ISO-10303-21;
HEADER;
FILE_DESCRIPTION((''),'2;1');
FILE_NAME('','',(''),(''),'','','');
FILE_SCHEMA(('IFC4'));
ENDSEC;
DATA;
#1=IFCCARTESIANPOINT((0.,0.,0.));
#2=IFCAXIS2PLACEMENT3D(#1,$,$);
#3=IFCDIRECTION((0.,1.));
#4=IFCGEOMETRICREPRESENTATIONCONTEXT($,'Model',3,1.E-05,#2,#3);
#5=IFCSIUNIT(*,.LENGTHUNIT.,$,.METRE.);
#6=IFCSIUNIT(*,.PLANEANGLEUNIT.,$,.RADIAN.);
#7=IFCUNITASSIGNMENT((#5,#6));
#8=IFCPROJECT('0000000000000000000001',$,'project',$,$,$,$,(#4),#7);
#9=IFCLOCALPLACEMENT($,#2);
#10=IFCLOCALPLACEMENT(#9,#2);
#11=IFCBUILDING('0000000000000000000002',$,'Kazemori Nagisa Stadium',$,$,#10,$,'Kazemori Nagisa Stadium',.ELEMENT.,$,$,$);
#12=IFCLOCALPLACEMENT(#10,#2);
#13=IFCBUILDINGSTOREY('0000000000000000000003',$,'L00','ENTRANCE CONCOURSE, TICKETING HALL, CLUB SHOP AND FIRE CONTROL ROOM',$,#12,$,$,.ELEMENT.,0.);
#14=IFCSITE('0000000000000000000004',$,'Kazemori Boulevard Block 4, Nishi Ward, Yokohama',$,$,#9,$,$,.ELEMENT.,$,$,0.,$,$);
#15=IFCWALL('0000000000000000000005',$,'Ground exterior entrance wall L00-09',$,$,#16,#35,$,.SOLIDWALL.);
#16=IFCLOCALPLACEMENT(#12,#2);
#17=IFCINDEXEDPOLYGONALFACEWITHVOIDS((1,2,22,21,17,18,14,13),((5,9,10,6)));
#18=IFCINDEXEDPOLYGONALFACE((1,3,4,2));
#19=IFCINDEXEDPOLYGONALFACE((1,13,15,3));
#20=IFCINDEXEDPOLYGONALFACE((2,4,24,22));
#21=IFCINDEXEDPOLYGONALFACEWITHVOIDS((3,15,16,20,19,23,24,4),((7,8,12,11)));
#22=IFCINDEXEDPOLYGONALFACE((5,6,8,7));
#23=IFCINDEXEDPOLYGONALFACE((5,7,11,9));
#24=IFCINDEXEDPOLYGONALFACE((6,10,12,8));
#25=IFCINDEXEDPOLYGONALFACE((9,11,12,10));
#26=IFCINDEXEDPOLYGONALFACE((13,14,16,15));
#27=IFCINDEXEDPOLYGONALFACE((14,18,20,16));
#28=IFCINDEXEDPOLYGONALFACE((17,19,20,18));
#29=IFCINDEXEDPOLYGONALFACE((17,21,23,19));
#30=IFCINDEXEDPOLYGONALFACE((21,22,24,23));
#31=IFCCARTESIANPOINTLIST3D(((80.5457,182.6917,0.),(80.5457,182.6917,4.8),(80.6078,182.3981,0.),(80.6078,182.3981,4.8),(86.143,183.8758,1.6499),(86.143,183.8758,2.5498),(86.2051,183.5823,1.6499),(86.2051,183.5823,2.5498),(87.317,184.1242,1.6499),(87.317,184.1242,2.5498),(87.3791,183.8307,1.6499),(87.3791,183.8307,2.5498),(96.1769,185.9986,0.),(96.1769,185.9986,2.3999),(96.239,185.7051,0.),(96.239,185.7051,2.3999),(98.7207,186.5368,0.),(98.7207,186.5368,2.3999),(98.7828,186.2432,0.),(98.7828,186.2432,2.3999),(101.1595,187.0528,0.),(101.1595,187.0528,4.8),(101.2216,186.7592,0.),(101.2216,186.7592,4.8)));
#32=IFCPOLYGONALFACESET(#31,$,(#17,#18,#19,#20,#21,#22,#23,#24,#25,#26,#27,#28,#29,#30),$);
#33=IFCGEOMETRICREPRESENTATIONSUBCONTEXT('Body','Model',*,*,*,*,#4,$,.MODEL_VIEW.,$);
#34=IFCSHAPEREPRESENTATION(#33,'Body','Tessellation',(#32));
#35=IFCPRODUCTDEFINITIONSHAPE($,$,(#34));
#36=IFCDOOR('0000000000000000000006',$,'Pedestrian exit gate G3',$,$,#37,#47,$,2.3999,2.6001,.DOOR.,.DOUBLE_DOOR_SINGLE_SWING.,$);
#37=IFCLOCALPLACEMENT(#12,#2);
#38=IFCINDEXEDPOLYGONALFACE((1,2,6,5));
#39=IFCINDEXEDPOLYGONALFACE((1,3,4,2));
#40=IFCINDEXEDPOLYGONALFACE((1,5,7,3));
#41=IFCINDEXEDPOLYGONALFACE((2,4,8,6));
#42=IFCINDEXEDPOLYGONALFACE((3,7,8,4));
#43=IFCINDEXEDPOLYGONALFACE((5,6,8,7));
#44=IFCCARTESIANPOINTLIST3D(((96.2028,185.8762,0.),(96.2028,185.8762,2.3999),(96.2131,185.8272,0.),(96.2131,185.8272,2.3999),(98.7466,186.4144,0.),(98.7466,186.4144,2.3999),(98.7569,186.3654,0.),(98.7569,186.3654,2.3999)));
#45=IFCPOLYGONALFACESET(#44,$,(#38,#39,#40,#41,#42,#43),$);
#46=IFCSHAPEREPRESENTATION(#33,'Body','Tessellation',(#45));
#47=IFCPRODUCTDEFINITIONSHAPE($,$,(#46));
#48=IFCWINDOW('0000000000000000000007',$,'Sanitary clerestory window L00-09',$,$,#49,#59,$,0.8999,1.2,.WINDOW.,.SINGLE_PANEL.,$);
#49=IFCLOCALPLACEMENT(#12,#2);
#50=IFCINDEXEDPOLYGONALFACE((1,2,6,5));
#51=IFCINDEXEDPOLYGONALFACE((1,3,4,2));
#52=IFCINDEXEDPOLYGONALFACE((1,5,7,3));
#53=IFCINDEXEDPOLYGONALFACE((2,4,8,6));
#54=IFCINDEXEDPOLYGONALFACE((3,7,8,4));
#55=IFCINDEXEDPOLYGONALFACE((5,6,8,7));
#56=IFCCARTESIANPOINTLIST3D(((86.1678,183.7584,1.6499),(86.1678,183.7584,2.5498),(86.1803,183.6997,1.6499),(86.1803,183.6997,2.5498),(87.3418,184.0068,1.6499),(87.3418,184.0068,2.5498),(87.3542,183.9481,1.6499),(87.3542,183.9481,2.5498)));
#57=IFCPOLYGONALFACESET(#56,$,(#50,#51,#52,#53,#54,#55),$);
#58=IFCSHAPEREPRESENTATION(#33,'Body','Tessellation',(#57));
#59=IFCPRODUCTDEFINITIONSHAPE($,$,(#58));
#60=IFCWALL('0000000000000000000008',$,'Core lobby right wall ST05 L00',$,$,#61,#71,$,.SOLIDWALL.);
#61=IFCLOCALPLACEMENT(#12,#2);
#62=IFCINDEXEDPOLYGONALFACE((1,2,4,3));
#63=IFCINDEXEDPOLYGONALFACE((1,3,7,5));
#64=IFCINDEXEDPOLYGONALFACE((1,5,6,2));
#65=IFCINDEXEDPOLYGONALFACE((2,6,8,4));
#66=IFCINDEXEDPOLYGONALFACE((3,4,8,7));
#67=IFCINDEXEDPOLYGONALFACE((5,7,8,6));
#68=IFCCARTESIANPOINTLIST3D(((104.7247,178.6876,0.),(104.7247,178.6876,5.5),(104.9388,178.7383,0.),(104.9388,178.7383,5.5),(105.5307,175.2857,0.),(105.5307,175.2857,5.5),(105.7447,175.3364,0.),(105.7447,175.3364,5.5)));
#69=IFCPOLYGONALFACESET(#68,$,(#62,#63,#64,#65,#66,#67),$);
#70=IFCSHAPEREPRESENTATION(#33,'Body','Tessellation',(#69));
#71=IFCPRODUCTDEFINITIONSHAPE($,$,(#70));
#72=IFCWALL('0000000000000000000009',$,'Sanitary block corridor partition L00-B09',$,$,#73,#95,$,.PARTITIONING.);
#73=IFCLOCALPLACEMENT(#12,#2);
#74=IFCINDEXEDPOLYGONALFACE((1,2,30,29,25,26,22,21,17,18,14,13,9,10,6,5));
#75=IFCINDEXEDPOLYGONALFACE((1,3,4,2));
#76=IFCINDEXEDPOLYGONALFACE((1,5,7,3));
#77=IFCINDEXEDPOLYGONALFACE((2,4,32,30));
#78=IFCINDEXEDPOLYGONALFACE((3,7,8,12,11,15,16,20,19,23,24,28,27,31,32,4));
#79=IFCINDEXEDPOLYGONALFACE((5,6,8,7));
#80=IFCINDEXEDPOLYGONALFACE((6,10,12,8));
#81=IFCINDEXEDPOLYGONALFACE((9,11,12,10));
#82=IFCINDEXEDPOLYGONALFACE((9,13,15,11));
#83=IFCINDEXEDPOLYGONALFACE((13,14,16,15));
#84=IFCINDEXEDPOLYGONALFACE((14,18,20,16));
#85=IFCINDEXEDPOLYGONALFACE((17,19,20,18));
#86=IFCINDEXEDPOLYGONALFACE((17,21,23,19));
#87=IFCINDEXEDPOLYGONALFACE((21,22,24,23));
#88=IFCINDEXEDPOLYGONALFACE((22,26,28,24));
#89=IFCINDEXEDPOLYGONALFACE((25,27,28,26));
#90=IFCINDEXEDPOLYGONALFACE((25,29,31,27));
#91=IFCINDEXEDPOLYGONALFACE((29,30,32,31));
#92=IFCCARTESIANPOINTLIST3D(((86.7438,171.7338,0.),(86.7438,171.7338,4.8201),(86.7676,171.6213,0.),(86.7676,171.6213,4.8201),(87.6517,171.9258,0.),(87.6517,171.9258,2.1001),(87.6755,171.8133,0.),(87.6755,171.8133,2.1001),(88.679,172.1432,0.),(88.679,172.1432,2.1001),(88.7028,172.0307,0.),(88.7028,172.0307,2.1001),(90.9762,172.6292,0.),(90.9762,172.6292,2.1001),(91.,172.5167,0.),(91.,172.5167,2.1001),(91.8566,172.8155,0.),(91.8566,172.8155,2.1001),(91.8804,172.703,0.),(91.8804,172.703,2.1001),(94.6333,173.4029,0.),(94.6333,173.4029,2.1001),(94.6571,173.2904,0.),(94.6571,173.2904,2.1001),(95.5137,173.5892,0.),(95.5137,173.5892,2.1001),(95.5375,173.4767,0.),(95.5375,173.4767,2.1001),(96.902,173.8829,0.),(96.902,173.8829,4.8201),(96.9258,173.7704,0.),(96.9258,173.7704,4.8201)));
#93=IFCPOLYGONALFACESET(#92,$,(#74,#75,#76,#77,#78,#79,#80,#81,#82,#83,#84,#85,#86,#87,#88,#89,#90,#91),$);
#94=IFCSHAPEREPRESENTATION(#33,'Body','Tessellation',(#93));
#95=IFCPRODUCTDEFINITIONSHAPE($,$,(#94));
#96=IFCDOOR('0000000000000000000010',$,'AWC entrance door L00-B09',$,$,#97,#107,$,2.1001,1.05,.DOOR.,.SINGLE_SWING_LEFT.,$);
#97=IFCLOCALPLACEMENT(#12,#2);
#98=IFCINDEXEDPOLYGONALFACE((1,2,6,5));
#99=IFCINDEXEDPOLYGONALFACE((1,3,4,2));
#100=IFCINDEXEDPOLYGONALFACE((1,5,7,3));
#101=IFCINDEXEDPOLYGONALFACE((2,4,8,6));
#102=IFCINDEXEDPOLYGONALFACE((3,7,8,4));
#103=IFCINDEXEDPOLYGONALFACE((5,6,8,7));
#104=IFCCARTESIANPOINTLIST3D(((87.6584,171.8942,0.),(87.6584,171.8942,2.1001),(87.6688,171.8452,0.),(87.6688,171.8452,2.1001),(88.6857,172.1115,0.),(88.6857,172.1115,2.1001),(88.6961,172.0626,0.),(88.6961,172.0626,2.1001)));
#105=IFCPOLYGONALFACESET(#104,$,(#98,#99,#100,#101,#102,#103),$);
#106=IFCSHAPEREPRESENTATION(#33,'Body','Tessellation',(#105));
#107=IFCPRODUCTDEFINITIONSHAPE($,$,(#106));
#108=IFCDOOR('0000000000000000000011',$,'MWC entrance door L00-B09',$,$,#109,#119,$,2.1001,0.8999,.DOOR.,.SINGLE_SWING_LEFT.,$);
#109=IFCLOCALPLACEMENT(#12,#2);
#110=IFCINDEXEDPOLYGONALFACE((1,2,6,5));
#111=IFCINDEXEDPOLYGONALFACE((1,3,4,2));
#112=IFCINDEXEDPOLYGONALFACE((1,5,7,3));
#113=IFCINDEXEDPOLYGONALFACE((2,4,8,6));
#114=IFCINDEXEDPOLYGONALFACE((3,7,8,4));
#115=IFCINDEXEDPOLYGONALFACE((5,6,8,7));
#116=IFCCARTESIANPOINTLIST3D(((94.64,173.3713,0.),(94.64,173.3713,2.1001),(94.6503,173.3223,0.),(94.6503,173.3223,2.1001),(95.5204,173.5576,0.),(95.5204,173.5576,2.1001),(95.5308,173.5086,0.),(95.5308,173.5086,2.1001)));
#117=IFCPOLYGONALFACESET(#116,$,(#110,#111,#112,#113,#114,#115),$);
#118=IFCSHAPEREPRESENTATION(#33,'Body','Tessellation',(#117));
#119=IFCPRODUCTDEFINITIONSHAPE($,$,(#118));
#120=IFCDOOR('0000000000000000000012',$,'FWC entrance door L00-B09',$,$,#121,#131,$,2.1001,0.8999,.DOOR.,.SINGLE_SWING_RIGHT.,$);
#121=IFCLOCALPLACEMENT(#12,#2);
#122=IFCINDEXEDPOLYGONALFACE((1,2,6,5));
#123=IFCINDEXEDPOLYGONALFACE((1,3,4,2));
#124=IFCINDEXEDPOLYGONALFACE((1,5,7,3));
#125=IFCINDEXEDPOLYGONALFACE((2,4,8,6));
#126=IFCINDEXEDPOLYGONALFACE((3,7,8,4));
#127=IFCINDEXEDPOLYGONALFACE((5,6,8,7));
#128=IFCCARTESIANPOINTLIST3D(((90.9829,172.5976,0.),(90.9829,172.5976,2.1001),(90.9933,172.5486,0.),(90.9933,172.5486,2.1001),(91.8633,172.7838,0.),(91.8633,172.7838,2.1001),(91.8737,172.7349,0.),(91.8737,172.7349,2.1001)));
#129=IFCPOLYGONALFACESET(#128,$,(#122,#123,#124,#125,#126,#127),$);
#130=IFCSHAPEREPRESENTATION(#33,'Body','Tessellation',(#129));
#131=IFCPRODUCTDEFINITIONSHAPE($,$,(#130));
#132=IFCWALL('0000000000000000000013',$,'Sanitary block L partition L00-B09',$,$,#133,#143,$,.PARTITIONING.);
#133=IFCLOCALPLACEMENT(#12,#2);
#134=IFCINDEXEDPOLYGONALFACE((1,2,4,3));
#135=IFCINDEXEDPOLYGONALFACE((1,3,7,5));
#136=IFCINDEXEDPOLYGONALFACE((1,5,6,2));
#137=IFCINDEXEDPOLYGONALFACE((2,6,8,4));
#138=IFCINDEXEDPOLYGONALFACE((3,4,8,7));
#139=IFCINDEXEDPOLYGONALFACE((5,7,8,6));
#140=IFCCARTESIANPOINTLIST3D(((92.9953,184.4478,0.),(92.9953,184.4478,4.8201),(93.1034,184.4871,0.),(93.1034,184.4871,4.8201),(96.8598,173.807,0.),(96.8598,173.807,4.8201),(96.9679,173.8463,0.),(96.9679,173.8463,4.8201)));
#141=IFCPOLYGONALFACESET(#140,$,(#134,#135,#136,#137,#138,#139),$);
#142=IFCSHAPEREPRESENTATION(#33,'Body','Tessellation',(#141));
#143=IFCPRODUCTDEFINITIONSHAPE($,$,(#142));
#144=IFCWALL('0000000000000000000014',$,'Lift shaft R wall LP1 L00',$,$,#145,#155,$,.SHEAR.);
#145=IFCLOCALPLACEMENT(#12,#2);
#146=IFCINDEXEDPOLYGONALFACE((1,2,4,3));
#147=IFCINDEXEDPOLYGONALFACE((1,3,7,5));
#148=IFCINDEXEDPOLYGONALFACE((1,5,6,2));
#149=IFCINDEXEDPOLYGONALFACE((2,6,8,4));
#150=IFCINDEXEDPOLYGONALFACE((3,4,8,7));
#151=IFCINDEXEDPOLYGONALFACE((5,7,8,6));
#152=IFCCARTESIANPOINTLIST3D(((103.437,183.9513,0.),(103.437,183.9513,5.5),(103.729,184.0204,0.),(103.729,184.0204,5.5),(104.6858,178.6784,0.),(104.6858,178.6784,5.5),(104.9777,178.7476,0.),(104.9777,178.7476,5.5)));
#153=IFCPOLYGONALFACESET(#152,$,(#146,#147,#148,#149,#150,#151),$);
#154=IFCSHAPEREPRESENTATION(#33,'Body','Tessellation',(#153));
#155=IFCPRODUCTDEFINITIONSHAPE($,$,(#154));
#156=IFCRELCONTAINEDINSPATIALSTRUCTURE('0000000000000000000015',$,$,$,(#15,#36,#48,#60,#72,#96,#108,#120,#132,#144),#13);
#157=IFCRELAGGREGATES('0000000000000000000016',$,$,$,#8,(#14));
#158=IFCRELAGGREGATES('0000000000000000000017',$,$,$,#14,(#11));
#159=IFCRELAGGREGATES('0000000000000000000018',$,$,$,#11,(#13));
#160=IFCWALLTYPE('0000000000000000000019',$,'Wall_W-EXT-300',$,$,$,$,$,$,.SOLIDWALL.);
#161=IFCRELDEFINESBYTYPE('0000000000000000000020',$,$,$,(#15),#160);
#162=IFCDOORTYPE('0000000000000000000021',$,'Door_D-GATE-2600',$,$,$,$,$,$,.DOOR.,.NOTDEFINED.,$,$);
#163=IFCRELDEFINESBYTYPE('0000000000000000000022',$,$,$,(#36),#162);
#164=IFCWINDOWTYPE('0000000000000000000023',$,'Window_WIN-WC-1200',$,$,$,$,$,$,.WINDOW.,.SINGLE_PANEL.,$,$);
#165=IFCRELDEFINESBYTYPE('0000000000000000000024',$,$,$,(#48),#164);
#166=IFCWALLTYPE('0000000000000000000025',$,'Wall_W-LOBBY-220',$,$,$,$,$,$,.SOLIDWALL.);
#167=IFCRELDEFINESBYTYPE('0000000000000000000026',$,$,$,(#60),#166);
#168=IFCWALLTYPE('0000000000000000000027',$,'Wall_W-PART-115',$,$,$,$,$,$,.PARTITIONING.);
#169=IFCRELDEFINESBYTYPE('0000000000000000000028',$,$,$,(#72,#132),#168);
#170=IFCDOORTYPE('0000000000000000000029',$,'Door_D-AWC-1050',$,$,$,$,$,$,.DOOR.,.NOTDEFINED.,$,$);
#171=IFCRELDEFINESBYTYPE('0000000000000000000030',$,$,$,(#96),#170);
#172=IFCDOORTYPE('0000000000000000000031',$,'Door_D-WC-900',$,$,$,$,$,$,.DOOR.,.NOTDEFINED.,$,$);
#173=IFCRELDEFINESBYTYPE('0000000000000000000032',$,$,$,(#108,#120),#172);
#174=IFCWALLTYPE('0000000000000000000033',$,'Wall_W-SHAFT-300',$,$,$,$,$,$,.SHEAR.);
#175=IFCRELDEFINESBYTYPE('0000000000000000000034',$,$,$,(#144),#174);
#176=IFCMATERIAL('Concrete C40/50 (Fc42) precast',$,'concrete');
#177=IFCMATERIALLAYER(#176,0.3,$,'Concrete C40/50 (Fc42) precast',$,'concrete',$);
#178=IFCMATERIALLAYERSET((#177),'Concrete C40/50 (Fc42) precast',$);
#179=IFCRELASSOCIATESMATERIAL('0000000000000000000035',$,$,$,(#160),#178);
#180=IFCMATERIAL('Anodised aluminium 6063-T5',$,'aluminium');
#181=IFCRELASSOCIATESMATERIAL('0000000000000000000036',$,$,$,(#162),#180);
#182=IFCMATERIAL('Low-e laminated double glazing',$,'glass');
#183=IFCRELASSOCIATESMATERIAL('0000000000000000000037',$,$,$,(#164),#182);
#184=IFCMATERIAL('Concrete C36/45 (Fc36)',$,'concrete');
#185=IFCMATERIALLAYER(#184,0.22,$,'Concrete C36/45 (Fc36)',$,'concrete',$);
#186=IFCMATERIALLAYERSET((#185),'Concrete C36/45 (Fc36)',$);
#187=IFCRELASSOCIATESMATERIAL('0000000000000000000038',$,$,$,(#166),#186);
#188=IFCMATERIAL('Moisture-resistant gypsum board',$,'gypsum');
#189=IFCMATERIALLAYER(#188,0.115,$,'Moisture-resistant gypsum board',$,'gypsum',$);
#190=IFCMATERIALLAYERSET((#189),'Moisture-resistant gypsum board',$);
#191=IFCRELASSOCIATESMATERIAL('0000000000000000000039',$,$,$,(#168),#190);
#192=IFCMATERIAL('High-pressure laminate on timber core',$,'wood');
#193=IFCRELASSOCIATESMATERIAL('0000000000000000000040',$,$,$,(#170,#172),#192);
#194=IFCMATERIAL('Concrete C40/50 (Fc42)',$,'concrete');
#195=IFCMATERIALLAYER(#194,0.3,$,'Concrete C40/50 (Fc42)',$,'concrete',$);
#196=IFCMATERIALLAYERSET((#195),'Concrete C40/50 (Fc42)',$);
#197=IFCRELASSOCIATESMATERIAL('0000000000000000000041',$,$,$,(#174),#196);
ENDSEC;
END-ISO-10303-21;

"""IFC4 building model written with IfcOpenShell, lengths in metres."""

from ifc_helpers import new_model, si_unit, direction, frame, frame_2d, origin, place, context, subcontext, project, spatial, rectangle, extrude, material, layer, layer_set, type_object, element, fill, save


model = new_model("IFC4")

# Units and contexts
model_context = context("Model", 3, precision=1e-05, world=origin(), true_north=direction((0.0, 1.0)))
body_context = subcontext(model_context, "Body", "Model", "MODEL_VIEW")
ifc_project = project(units=[si_unit("LENGTHUNIT", "METRE"), si_unit("PLANEANGLEUNIT", "RADIAN")], contexts=[model_context])

# Site, building, storey
site_placement = place(None, origin())
site = spatial("IfcSite", under=ifc_project, at=site_placement, Name="Kazemori Boulevard Block 4, Nishi Ward, Yokohama", CompositionType="ELEMENT", RefElevation=0.0)
building_placement = place(site_placement, origin())
building = spatial("IfcBuilding", under=site, at=building_placement, Name="Kazemori Nagisa Stadium", LongName="Kazemori Nagisa Stadium", CompositionType="ELEMENT")
storey_placement = place(building_placement, origin())
storey = spatial("IfcBuildingStorey", under=building, at=storey_placement, Name="L00", Description="ENTRANCE CONCOURSE, TICKETING HALL, CLUB SHOP AND FIRE CONTROL ROOM", CompositionType="ELEMENT", Elevation=0.0)

# Shared definitions
ifc_material_1 = material(Name="Concrete C40/50 (Fc42)", Category="concrete")

# Wall, openings, door, window
ifc_material_2 = material(Name="Concrete C40/50 (Fc42) precast", Category="concrete")
ifc_layer_1 = layer(ifc_material_2, 0.3, Name="Concrete C40/50 (Fc42) precast", Category="concrete")
ifc_layer_set_1 = layer_set([ifc_layer_1], Name="Concrete C40/50 (Fc42) precast")
wall_type_1 = type_object("IfcWallType", Name="Wall_W-EXT-300", PredefinedType="SOLIDWALL", material=ifc_layer_set_1)
wall_1_placement = place(storey_placement, frame((101.1907, 186.906, 0.0), z_axis=(0.0, 0.0, 1.0), x_axis=(-0.978345, -0.20698, 0.0)))
wall_1 = element("IfcWall", 1, at=wall_1_placement, inside=storey, type_object=wall_type_1, Name="Ground exterior entrance wall L00-09", PredefinedType="SOLIDWALL", context=body_context, shape_type="SweptSolid", body=[
    extrude(rectangle(XDim=21.0701, YDim=0.3, at=frame_2d((10.5352, 0.0))), origin(), (0.0, 0.0, 1.0), 4.8),
])
opening_1_placement = place(wall_1_placement, frame((2.4929, 0.0, 0.0)))
opening_1 = element("IfcOpeningElement", 2, at=opening_1_placement, cuts=wall_1, PredefinedType="OPENING", context=body_context, shape_type="SweptSolid", body=[
    extrude(rectangle(XDim=2.6001, YDim=2.3999, at=frame_2d((1.3, 1.2))), frame((0.0, 0.1599, 0.0), z_axis=(0.0, -1.0, 0.0), x_axis=(1.0, 0.0, 0.0)), (0.0, 0.0, 1.0), 0.3201),
])
opening_2_placement = place(wall_1_placement, frame((14.1489, 0.0, 1.6499)))
opening_2 = element("IfcOpeningElement", 3, at=opening_2_placement, cuts=wall_1, PredefinedType="OPENING", context=body_context, shape_type="SweptSolid", body=[
    extrude(rectangle(XDim=1.2, YDim=0.8999, at=frame_2d((0.6001, 0.45))), frame((0.0, 0.1599, 0.0), z_axis=(0.0, -1.0, 0.0), x_axis=(1.0, 0.0, 0.0)), (0.0, 0.0, 1.0), 0.3201),
])
ifc_material_3 = material(Name="Anodised aluminium 6063-T5", Category="aluminium")
door_type_1 = type_object("IfcDoorType", Name="Door_D-GATE-2600", OperationType="NOTDEFINED", PredefinedType="DOOR", material=ifc_material_3)
door_1_placement = place(opening_1_placement, frame((2.6001, 0.0, 0.0), z_axis=(0.0, 0.0, 1.0), x_axis=(-1.0, 0.0, 0.0)))
door_1 = element("IfcDoor", 4, at=door_1_placement, inside=storey, type_object=door_type_1, Name="Pedestrian exit gate G3", OperationType="DOUBLE_DOOR_SINGLE_SWING", OverallHeight=2.3999, OverallWidth=2.6001, PredefinedType="DOOR", context=body_context, shape_type="SweptSolid", body=[
    extrude(rectangle(XDim=2.6001, YDim=2.3999, at=frame_2d((1.3, 1.2))), frame((0.0, 0.0249, 0.0), z_axis=(0.0, -1.0, 0.0), x_axis=(1.0, 0.0, 0.0)), (0.0, 0.0, 1.0), 0.05),
])
fill(opening_1, door_1)
ifc_material_4 = material(Name="Low-e laminated double glazing", Category="glass")
window_type = type_object("IfcWindowType", Name="Window_WIN-WC-1200", PartitioningType="SINGLE_PANEL", PredefinedType="WINDOW", material=ifc_material_4)
window_placement = place(opening_2_placement, origin())
window = element("IfcWindow", 5, at=window_placement, inside=storey, type_object=window_type, Name="Sanitary clerestory window L00-09", OverallHeight=0.8999, OverallWidth=1.2, PartitioningType="SINGLE_PANEL", PredefinedType="WINDOW", context=body_context, shape_type="SweptSolid", body=[
    extrude(rectangle(XDim=1.2, YDim=0.8999, at=frame_2d((0.6001, 0.45))), frame((0.0, 0.03, 0.0), z_axis=(0.0, -1.0, 0.0), x_axis=(1.0, 0.0, 0.0)), (0.0, 0.0, 1.0), 0.0601),
])
fill(opening_2, window)

# Wall
ifc_material_5 = material(Name="Concrete C36/45 (Fc36)", Category="concrete")
ifc_layer_2 = layer(ifc_material_5, 0.22, Name="Concrete C36/45 (Fc36)", Category="concrete")
ifc_layer_set_2 = layer_set([ifc_layer_2], Name="Concrete C36/45 (Fc36)")
wall_type_2 = type_object("IfcWallType", Name="Wall_W-LOBBY-220", PredefinedType="SOLIDWALL", material=ifc_layer_set_2)
wall_2_placement = place(storey_placement, frame((105.6377, 175.311, 0.0), z_axis=(0.0, 0.0, 1.0), x_axis=(-0.230522, 0.973067, 0.0)))
element("IfcWall", 6, at=wall_2_placement, inside=storey, type_object=wall_type_2, Name="Core lobby right wall ST05 L00", PredefinedType="SOLIDWALL", context=body_context, shape_type="SweptSolid", body=[
    extrude(rectangle(XDim=3.4961, YDim=0.22, at=frame_2d((1.748, 0.0))), origin(), (0.0, 0.0, 1.0), 5.5),
])

# Wall, openings, doors
ifc_material_6 = material(Name="Moisture-resistant gypsum board", Category="gypsum")
ifc_layer_3 = layer(ifc_material_6, 0.115, Name="Moisture-resistant gypsum board", Category="gypsum")
ifc_layer_set_3 = layer_set([ifc_layer_3], Name="Moisture-resistant gypsum board")
wall_type_3 = type_object("IfcWallType", Name="Wall_W-PART-115", PredefinedType="PARTITIONING", material=ifc_layer_set_3)
wall_3_placement = place(storey_placement, frame((96.9138, 173.8267, 0.0), z_axis=(0.0, 0.0, 1.0), x_axis=(-0.978343, -0.206988, 0.0)))
wall_3 = element("IfcWall", 7, at=wall_3_placement, inside=storey, type_object=wall_type_3, Name="Sanitary block corridor partition L00-B09", PredefinedType="PARTITIONING", context=body_context, shape_type="SweptSolid", body=[
    extrude(rectangle(XDim=10.3831, YDim=0.115, at=frame_2d((5.1914, 0.0))), origin(), (0.0, 0.0, 1.0), 4.8201),
])
opening_3_placement = place(wall_3_placement, frame((1.4189, 0.0, 0.0)))
opening_3 = element("IfcOpeningElement", 8, at=opening_3_placement, cuts=wall_3, PredefinedType="OPENING", context=body_context, shape_type="SweptSolid", body=[
    extrude(rectangle(XDim=0.8999, YDim=2.1001, at=frame_2d((0.45, 1.05))), frame((0.0, 0.0674, 0.0), z_axis=(0.0, -1.0, 0.0), x_axis=(1.0, 0.0, 0.0)), (0.0, 0.0, 1.0), 0.135),
])
opening_4_placement = place(wall_3_placement, frame((5.157, 0.0, 0.0)))
opening_4 = element("IfcOpeningElement", 9, at=opening_4_placement, cuts=wall_3, PredefinedType="OPENING", context=body_context, shape_type="SweptSolid", body=[
    extrude(rectangle(XDim=0.8999, YDim=2.1001, at=frame_2d((0.45, 1.05))), frame((0.0, 0.0674, 0.0), z_axis=(0.0, -1.0, 0.0), x_axis=(1.0, 0.0, 0.0)), (0.0, 0.0, 1.0), 0.135),
])
opening_5_placement = place(wall_3_placement, frame((8.405, 0.0, 0.0)))
opening_5 = element("IfcOpeningElement", 10, at=opening_5_placement, cuts=wall_3, PredefinedType="OPENING", context=body_context, shape_type="SweptSolid", body=[
    extrude(rectangle(XDim=1.05, YDim=2.1001, at=frame_2d((0.5249, 1.05))), frame((0.0, 0.0674, 0.0), z_axis=(0.0, -1.0, 0.0), x_axis=(1.0, 0.0, 0.0)), (0.0, 0.0, 1.0), 0.135),
])
ifc_material_7 = material(Name="High-pressure laminate on timber core", Category="wood")
door_type_2 = type_object("IfcDoorType", Name="Door_D-AWC-1050", OperationType="NOTDEFINED", PredefinedType="DOOR", material=ifc_material_7)
door_2_placement = place(opening_5_placement, origin())
door_2 = element("IfcDoor", 11, at=door_2_placement, inside=storey, type_object=door_type_2, Name="AWC entrance door L00-B09", OperationType="SINGLE_SWING_LEFT", OverallHeight=2.1001, OverallWidth=1.05, PredefinedType="DOOR", context=body_context, shape_type="SweptSolid", body=[
    extrude(rectangle(XDim=1.05, YDim=2.1001, at=frame_2d((0.5249, 1.05))), frame((0.0, 0.0249, 0.0), z_axis=(0.0, -1.0, 0.0), x_axis=(1.0, 0.0, 0.0)), (0.0, 0.0, 1.0), 0.05),
])
fill(opening_5, door_2)
door_type_3 = type_object("IfcDoorType", Name="Door_D-WC-900", OperationType="NOTDEFINED", PredefinedType="DOOR", material=ifc_material_7)
door_3_placement = place(opening_3_placement, origin())
door_3 = element("IfcDoor", 12, at=door_3_placement, inside=storey, type_object=door_type_3, Name="MWC entrance door L00-B09", OperationType="SINGLE_SWING_LEFT", OverallHeight=2.1001, OverallWidth=0.8999, PredefinedType="DOOR", context=body_context, shape_type="SweptSolid", body=[
    extrude(rectangle(XDim=0.8999, YDim=2.1001, at=frame_2d((0.45, 1.05))), frame((0.0, 0.0249, 0.0), z_axis=(0.0, -1.0, 0.0), x_axis=(1.0, 0.0, 0.0)), (0.0, 0.0, 1.0), 0.05),
])
fill(opening_3, door_3)
door_4_placement = place(opening_4_placement, origin())
door_4 = element("IfcDoor", 13, at=door_4_placement, inside=storey, type_object=door_type_3, Name="FWC entrance door L00-B09", OperationType="SINGLE_SWING_RIGHT", OverallHeight=2.1001, OverallWidth=0.8999, PredefinedType="DOOR", context=body_context, shape_type="SweptSolid", body=[
    extrude(rectangle(XDim=0.8999, YDim=2.1001, at=frame_2d((0.45, 1.05))), frame((0.0, 0.0249, 0.0), z_axis=(0.0, -1.0, 0.0), x_axis=(1.0, 0.0, 0.0)), (0.0, 0.0, 1.0), 0.05),
])
fill(opening_4, door_4)

# Walls
wall_4_placement = place(storey_placement, frame((96.9138, 173.8267, 0.0), z_axis=(0.0, 0.0, 1.0), x_axis=(-0.34136, 0.939932, 0.0)))
element("IfcWall", 14, at=wall_4_placement, inside=storey, type_object=wall_type_3, Name="Sanitary block L partition L00-B09", PredefinedType="PARTITIONING", context=body_context, shape_type="SweptSolid", body=[
    extrude(rectangle(XDim=11.3208, YDim=0.115, at=frame_2d((5.6604, 0.0))), origin(), (0.0, 0.0, 1.0), 4.8201),
])
ifc_layer_4 = layer(ifc_material_1, 0.3, Name="Concrete C40/50 (Fc42)", Category="concrete")
ifc_layer_set_4 = layer_set([ifc_layer_4], Name="Concrete C40/50 (Fc42)")
wall_type_4 = type_object("IfcWallType", Name="Wall_W-SHAFT-300", PredefinedType="SHEAR", material=ifc_layer_set_4)
wall_5_placement = place(storey_placement, frame((104.8318, 178.7129, 0.0), z_axis=(0.0, 0.0, 1.0), x_axis=(-0.230453, 0.973083, 0.0)))
element("IfcWall", 15, at=wall_5_placement, inside=storey, type_object=wall_type_4, Name="Lift shaft R wall LP1 L00", PredefinedType="SHEAR", context=body_context, shape_type="SweptSolid", body=[
    extrude(rectangle(XDim=5.4187, YDim=0.3, at=frame_2d((2.7095, 0.0))), origin(), (0.0, 0.0, 1.0), 5.5),
])

save(model, "model.ifc")
